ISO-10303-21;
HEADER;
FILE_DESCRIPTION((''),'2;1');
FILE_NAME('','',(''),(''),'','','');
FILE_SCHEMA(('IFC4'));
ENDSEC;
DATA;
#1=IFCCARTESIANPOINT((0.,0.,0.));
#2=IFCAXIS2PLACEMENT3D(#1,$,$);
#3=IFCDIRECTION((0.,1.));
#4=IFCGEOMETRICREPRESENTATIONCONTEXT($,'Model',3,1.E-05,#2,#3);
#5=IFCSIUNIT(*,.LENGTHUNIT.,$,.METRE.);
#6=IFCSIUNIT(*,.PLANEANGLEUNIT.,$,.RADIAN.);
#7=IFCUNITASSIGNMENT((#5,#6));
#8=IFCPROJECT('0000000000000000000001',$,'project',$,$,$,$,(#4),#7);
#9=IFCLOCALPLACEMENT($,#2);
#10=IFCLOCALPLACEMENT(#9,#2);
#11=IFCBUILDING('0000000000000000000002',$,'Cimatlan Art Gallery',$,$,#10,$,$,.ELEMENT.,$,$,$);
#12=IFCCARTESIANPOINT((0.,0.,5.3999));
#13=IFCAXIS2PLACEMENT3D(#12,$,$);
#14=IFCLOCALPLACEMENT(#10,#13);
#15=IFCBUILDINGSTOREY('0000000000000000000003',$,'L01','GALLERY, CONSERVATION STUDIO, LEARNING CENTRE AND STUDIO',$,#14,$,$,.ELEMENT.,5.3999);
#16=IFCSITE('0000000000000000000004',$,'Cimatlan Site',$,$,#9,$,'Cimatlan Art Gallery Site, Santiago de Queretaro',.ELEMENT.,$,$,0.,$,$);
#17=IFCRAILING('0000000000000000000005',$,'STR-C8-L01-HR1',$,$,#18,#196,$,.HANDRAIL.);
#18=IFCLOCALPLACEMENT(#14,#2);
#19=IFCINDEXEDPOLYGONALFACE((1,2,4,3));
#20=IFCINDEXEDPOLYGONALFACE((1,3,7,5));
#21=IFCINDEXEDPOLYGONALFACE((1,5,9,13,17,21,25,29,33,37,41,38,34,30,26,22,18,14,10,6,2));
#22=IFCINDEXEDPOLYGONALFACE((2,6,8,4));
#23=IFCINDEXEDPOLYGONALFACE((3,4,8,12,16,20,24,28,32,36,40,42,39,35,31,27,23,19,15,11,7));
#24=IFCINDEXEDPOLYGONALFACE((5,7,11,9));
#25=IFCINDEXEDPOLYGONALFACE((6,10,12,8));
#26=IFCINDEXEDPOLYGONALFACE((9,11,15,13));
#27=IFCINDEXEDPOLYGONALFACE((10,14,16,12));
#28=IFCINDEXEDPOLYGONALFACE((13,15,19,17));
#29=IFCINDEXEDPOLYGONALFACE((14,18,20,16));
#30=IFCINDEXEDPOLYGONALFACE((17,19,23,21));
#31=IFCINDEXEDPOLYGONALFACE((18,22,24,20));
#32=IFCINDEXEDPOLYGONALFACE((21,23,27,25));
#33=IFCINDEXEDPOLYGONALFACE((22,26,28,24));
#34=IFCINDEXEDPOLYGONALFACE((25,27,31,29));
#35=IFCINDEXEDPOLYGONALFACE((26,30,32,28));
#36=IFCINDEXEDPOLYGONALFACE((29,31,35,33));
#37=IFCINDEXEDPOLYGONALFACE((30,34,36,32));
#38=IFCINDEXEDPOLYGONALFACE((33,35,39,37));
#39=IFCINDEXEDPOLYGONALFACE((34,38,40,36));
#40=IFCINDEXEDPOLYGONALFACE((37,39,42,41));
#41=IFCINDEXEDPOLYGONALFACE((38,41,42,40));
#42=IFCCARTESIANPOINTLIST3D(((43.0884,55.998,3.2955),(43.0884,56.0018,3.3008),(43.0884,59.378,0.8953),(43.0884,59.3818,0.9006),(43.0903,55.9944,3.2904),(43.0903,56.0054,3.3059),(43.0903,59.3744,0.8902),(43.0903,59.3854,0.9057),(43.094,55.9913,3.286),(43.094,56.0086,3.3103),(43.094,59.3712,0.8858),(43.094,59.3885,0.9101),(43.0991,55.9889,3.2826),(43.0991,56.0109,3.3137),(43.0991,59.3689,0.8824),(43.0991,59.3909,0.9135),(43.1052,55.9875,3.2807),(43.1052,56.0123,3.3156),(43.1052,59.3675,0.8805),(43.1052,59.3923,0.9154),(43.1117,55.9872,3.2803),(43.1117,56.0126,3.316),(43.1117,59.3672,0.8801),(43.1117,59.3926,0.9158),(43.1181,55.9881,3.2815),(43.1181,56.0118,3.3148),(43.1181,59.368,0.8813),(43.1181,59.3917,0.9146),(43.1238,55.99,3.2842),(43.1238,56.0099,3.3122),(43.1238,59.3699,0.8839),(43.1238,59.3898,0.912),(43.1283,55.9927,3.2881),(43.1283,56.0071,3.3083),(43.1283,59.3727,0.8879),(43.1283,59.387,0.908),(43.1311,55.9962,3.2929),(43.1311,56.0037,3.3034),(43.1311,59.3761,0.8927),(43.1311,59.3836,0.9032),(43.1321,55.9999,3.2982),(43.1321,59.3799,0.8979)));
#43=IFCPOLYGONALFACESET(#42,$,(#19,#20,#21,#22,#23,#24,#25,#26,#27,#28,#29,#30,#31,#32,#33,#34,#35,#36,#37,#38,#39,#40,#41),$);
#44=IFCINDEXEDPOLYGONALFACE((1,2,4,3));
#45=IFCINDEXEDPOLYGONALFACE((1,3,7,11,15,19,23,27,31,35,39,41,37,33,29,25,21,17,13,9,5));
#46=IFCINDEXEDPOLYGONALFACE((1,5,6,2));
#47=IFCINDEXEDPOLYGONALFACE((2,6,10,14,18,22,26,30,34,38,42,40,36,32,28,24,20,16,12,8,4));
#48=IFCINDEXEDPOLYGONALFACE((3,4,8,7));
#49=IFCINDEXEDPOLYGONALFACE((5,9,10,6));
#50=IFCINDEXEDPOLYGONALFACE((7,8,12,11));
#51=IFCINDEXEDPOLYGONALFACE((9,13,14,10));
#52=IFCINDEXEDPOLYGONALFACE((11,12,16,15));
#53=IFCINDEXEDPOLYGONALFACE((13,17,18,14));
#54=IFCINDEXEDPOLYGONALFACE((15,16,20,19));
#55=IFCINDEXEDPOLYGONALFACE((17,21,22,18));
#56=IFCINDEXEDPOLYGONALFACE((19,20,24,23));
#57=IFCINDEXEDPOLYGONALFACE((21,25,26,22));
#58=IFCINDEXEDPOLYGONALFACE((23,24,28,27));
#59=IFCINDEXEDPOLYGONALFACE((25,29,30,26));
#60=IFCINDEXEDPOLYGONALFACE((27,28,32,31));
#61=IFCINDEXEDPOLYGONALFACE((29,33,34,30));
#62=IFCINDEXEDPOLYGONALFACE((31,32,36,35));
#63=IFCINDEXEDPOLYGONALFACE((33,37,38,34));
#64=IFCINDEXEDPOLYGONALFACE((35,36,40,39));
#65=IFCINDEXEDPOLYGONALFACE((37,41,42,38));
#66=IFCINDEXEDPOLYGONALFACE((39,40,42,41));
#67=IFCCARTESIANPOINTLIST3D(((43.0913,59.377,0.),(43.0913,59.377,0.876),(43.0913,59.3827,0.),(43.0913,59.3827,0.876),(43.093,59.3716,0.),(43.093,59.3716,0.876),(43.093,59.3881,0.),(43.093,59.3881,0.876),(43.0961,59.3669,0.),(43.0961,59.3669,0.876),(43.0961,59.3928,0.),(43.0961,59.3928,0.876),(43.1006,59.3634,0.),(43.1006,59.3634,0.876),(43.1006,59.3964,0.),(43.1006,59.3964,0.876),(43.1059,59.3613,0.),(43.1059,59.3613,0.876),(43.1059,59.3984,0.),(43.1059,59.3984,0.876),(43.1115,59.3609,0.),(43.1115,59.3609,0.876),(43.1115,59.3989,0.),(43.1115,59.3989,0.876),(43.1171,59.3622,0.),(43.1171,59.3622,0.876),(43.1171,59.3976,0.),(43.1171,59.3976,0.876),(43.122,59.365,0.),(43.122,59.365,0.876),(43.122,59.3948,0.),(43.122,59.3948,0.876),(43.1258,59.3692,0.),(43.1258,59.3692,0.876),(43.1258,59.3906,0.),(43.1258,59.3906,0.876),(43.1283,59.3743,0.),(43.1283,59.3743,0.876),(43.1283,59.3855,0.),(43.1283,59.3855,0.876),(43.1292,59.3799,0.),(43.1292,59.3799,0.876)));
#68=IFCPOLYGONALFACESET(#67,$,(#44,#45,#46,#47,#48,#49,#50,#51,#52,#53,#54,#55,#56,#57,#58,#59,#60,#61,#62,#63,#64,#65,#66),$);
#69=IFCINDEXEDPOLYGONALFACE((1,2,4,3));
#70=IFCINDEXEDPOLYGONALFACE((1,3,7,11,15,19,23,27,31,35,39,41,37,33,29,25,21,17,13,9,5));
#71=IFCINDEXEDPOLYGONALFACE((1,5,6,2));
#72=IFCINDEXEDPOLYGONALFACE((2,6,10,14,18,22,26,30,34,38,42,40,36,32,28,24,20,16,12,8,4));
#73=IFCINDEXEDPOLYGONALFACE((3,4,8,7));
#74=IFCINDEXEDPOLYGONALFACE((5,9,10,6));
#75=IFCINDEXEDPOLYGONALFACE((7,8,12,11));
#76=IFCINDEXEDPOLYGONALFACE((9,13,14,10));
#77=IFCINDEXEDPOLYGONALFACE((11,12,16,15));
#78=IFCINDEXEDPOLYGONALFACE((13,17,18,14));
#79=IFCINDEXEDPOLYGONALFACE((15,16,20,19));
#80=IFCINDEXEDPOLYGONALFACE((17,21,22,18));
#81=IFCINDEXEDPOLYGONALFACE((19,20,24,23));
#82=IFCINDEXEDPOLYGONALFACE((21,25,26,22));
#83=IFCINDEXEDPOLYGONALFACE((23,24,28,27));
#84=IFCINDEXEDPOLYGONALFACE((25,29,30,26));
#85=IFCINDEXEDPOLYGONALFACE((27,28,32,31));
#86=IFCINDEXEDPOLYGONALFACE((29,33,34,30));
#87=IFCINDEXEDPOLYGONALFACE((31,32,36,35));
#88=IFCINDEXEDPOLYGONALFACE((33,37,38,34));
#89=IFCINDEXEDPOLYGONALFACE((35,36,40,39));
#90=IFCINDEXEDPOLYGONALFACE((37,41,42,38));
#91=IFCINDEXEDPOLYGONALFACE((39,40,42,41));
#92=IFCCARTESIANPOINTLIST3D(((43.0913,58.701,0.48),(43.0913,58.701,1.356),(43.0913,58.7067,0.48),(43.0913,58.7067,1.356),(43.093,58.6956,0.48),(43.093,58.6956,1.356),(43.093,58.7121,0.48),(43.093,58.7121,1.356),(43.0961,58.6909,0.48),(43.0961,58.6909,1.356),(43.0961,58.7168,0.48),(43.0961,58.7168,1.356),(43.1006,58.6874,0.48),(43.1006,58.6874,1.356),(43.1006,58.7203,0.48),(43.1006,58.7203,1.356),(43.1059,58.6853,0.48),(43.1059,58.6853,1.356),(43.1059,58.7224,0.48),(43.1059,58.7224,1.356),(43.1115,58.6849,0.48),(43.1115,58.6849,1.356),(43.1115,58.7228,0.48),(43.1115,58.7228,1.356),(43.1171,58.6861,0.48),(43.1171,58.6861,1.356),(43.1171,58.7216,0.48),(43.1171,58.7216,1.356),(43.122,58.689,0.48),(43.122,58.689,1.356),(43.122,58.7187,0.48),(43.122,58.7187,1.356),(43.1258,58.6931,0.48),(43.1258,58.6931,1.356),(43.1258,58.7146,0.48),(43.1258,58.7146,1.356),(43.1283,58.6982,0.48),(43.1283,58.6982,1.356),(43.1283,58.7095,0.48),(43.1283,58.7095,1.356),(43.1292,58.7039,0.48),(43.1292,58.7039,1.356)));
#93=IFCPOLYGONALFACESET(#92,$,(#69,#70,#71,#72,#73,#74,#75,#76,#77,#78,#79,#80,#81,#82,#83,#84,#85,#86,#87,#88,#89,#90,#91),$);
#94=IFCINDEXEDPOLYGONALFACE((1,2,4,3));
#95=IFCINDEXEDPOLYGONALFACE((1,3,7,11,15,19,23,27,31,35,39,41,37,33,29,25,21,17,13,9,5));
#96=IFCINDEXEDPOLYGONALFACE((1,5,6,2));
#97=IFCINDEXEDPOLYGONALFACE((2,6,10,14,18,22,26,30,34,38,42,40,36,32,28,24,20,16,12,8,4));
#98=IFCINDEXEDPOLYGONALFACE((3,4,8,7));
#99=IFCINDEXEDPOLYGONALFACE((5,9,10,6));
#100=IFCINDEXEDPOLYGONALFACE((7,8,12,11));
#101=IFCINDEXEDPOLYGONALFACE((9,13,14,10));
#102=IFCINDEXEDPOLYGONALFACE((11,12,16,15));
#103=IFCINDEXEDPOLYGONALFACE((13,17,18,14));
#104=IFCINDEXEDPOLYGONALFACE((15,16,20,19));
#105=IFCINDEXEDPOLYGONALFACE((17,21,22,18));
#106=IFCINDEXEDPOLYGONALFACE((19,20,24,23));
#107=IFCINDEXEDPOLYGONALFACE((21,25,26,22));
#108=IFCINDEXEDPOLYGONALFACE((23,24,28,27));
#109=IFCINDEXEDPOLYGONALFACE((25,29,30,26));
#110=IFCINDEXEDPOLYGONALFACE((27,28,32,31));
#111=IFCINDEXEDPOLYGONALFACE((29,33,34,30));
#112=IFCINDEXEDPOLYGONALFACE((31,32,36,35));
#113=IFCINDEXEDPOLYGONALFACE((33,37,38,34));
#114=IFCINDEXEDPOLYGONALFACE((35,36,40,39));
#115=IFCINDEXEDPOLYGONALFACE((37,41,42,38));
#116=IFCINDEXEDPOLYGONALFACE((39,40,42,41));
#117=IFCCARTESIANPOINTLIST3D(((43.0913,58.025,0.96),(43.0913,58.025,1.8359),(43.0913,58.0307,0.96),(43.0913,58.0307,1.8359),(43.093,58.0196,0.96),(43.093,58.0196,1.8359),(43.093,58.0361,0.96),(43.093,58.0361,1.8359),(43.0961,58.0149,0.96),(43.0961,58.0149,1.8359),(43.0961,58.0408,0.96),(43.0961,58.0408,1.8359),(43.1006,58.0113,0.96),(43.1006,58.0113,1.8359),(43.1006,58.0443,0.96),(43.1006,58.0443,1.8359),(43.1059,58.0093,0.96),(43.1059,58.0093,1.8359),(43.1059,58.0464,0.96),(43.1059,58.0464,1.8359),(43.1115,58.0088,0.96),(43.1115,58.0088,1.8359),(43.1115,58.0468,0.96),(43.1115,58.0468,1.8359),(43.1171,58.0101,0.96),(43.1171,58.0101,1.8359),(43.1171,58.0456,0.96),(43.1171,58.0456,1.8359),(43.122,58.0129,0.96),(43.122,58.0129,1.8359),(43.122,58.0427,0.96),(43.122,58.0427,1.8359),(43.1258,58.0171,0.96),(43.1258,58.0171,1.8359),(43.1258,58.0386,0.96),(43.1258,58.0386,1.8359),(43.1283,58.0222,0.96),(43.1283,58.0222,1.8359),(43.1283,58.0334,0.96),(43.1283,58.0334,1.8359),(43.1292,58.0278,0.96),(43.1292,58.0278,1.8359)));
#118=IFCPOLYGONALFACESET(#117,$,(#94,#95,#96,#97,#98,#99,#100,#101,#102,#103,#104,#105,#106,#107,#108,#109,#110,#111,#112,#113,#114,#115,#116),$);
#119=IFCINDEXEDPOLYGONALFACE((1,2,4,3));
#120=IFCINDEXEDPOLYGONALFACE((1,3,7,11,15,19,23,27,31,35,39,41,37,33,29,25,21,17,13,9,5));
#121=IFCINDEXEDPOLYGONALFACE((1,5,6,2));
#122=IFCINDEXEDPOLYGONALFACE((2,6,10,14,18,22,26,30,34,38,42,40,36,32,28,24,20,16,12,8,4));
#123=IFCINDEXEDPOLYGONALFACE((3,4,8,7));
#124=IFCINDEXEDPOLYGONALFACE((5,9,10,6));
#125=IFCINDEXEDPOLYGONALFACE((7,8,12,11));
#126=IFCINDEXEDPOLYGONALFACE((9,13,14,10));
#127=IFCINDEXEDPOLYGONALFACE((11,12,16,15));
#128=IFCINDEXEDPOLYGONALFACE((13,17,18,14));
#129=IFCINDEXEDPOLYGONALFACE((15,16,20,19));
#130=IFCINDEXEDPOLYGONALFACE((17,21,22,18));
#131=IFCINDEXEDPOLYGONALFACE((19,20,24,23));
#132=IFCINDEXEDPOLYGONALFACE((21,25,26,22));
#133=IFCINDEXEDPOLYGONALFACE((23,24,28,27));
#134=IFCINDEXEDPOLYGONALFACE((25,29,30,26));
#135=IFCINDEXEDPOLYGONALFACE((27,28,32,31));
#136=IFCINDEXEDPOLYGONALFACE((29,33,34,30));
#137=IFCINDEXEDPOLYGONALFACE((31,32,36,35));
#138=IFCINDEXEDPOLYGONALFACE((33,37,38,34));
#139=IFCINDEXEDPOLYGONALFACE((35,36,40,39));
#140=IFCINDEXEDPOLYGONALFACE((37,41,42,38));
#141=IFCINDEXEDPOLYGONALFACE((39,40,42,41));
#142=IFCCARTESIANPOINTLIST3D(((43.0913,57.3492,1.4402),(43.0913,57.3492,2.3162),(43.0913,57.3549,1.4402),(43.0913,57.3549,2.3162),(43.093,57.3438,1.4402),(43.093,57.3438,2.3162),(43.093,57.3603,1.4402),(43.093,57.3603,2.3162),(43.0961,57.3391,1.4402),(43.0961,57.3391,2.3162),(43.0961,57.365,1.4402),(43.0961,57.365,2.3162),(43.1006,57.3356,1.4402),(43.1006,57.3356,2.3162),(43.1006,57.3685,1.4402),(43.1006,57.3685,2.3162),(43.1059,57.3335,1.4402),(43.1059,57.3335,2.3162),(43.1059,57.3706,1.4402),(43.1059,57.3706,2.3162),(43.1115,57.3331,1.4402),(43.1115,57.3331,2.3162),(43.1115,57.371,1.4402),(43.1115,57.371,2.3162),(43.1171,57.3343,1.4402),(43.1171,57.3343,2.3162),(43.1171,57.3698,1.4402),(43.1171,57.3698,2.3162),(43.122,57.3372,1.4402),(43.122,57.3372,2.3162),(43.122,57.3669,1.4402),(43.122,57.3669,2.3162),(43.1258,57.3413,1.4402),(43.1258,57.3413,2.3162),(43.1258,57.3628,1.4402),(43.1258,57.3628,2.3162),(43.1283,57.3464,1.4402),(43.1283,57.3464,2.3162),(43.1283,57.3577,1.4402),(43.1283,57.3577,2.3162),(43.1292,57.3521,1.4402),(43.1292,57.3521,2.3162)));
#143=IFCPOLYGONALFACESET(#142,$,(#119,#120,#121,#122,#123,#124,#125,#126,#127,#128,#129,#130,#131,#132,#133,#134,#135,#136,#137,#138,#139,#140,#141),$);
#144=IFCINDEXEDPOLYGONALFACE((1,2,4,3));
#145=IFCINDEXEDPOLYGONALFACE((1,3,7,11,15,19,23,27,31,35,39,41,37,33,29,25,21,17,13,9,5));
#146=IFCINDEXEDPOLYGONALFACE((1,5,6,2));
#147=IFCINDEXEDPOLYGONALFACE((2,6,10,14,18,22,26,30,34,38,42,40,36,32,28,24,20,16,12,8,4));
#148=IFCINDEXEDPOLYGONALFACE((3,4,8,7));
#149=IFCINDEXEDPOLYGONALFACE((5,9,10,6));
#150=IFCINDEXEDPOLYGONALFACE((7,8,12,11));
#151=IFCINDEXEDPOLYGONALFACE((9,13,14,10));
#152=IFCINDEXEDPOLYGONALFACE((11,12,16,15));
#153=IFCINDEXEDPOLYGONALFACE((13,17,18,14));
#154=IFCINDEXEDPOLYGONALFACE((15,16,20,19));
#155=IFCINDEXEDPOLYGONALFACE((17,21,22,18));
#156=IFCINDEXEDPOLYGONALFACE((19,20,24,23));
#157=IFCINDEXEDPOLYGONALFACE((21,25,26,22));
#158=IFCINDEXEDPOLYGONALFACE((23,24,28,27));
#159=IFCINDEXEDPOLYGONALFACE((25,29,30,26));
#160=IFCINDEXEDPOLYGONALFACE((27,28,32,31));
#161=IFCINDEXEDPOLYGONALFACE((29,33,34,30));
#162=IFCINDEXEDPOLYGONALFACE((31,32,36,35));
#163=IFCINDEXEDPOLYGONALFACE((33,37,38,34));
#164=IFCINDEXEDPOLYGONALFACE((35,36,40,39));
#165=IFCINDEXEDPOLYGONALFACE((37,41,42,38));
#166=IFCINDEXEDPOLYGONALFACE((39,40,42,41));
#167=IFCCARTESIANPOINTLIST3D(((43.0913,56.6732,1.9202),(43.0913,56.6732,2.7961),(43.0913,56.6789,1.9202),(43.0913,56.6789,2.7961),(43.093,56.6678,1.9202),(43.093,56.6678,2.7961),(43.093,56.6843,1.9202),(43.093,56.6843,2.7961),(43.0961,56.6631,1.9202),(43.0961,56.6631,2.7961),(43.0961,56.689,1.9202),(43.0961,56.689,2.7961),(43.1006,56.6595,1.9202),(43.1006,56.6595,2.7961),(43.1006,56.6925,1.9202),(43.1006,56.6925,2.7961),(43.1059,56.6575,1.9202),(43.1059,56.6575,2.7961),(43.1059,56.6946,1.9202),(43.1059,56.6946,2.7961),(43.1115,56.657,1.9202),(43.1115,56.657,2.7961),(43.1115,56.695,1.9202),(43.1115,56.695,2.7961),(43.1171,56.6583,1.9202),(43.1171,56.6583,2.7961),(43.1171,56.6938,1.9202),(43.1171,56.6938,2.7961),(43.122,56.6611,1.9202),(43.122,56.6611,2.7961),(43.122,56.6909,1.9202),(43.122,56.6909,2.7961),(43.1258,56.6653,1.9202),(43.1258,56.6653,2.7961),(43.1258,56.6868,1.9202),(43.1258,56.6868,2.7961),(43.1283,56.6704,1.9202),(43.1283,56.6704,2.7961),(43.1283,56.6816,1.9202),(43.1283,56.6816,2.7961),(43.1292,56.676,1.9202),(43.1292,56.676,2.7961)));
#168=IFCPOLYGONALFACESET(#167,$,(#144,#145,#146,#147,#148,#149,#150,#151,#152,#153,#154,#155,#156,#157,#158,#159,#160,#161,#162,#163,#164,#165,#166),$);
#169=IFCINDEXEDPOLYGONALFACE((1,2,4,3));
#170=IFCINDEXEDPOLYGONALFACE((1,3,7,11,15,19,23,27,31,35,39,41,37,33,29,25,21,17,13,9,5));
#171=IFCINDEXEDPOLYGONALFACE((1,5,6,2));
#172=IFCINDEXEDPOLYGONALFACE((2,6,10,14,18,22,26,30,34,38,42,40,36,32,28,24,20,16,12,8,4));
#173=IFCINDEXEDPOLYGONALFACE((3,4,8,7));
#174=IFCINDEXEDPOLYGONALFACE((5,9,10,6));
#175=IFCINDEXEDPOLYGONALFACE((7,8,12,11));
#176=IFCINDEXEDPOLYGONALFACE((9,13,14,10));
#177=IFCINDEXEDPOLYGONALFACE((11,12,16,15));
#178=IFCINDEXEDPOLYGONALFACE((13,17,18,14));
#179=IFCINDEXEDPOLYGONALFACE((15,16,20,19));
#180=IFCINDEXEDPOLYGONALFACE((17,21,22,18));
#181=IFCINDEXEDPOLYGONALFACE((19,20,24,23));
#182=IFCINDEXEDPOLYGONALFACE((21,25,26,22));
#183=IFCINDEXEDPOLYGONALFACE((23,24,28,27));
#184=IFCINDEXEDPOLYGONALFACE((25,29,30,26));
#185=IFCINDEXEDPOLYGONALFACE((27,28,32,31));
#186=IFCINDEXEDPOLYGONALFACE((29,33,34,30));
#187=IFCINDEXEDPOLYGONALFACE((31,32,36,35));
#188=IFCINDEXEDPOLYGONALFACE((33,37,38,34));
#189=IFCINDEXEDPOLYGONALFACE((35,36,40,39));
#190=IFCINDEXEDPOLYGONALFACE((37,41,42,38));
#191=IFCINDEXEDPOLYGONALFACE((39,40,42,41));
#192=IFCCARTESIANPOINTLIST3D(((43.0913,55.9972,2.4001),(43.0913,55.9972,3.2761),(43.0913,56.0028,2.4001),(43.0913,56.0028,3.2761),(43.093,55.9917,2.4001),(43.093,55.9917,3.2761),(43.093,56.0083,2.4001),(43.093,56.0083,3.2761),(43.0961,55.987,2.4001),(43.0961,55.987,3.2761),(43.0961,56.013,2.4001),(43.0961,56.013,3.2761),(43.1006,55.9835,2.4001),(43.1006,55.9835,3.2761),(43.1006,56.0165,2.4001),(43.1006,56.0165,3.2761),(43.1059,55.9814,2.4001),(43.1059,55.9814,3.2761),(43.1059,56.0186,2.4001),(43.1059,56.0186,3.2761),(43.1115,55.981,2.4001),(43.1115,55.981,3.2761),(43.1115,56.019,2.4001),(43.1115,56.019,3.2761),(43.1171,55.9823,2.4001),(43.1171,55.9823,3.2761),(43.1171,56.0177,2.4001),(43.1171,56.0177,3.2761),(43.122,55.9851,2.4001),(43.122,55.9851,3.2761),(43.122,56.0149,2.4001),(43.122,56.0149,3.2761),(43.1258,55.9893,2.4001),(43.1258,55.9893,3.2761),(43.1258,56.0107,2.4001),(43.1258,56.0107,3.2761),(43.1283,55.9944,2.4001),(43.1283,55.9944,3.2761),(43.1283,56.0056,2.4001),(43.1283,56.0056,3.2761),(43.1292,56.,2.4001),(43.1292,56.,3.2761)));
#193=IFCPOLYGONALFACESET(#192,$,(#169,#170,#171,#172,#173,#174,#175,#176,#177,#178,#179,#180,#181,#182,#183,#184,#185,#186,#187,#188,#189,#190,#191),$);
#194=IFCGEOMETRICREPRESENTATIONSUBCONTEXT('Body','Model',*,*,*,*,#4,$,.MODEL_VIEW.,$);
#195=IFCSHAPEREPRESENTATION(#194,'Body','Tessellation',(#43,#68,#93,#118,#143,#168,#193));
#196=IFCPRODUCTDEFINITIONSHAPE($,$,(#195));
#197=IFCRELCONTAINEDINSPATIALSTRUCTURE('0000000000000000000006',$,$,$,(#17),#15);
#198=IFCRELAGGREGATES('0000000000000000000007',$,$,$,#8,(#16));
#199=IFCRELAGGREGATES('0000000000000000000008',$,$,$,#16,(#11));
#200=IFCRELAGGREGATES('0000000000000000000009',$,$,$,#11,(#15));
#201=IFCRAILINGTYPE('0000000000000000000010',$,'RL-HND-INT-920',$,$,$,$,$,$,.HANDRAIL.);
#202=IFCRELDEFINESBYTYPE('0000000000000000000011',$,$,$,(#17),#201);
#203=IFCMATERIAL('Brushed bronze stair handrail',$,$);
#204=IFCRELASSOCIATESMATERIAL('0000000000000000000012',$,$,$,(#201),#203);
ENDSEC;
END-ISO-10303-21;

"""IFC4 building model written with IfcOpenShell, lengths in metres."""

from ifc_helpers import new_model, si_unit, direction, frame, origin, origin_2d, place, context, subcontext, project, spatial, circle, extrude, material, type_object, element, save


model = new_model("IFC4")

# Units and contexts
model_context = context("Model", 3, precision=1e-05, world=origin(), true_north=direction((0.0, 1.0)))
body_context = subcontext(model_context, "Body", "Model", "MODEL_VIEW")
ifc_project = project(units=[si_unit("LENGTHUNIT", "METRE"), si_unit("PLANEANGLEUNIT", "RADIAN")], contexts=[model_context])

# Site, building, storey
site_placement = place(None, origin())
site = spatial("IfcSite", under=ifc_project, at=site_placement, Name="Cimatlan Site", LongName="Cimatlan Art Gallery Site, Santiago de Queretaro", CompositionType="ELEMENT", RefElevation=0.0)
building_placement = place(site_placement, origin())
building = spatial("IfcBuilding", under=site, at=building_placement, Name="Cimatlan Art Gallery", CompositionType="ELEMENT")
storey_placement = place(building_placement, frame((0.0, 0.0, 5.3999)))
storey = spatial("IfcBuildingStorey", under=building, at=storey_placement, Name="L01", Description="GALLERY, CONSERVATION STUDIO, LEARNING CENTRE AND STUDIO", CompositionType="ELEMENT", Elevation=5.3999)

# Railing
ifc_material_1 = material(Name="Brushed bronze stair handrail")
railing_type_1 = type_object("IfcRailingType", Name="RL-HND-INT-920", PredefinedType="HANDRAIL", material=ifc_material_1)
railing_1_placement = place(storey_placement, frame((43.1101, 59.3799, 0.0)))
element("IfcRailing", 1, at=railing_1_placement, inside=storey, type_object=railing_type_1, Name="STR-C8-L01-HR1", PredefinedType="HANDRAIL", context=body_context, shape_type="SweptSolid", body=[
    extrude(circle(Radius=0.022, at=origin_2d()), frame((0.0, 0.0, 0.8979), z_axis=(0.0, -0.815334, 0.578991), x_axis=(1.0, 0.0, 0.0)), (0.0, 0.0, 1.0), 4.1455),
    extrude(circle(Radius=0.019, at=origin_2d()), origin(), (0.0, 0.0, 1.0), 0.876),
    extrude(circle(Radius=0.019, at=origin_2d()), frame((0.0, -0.676, 0.48)), (0.0, 0.0, 1.0), 0.876),
    extrude(circle(Radius=0.019, at=origin_2d()), frame((0.0, -1.3521, 0.96)), (0.0, 0.0, 1.0), 0.876),
    extrude(circle(Radius=0.019, at=origin_2d()), frame((0.0, -2.0278, 1.4402)), (0.0, 0.0, 1.0), 0.876),
    extrude(circle(Radius=0.019, at=origin_2d()), frame((0.0, -2.7039, 1.9202)), (0.0, 0.0, 1.0), 0.876),
    extrude(circle(Radius=0.019, at=origin_2d()), frame((0.0, -3.3799, 2.4001)), (0.0, 0.0, 1.0), 0.876),
])

save(model, "model.ifc")
